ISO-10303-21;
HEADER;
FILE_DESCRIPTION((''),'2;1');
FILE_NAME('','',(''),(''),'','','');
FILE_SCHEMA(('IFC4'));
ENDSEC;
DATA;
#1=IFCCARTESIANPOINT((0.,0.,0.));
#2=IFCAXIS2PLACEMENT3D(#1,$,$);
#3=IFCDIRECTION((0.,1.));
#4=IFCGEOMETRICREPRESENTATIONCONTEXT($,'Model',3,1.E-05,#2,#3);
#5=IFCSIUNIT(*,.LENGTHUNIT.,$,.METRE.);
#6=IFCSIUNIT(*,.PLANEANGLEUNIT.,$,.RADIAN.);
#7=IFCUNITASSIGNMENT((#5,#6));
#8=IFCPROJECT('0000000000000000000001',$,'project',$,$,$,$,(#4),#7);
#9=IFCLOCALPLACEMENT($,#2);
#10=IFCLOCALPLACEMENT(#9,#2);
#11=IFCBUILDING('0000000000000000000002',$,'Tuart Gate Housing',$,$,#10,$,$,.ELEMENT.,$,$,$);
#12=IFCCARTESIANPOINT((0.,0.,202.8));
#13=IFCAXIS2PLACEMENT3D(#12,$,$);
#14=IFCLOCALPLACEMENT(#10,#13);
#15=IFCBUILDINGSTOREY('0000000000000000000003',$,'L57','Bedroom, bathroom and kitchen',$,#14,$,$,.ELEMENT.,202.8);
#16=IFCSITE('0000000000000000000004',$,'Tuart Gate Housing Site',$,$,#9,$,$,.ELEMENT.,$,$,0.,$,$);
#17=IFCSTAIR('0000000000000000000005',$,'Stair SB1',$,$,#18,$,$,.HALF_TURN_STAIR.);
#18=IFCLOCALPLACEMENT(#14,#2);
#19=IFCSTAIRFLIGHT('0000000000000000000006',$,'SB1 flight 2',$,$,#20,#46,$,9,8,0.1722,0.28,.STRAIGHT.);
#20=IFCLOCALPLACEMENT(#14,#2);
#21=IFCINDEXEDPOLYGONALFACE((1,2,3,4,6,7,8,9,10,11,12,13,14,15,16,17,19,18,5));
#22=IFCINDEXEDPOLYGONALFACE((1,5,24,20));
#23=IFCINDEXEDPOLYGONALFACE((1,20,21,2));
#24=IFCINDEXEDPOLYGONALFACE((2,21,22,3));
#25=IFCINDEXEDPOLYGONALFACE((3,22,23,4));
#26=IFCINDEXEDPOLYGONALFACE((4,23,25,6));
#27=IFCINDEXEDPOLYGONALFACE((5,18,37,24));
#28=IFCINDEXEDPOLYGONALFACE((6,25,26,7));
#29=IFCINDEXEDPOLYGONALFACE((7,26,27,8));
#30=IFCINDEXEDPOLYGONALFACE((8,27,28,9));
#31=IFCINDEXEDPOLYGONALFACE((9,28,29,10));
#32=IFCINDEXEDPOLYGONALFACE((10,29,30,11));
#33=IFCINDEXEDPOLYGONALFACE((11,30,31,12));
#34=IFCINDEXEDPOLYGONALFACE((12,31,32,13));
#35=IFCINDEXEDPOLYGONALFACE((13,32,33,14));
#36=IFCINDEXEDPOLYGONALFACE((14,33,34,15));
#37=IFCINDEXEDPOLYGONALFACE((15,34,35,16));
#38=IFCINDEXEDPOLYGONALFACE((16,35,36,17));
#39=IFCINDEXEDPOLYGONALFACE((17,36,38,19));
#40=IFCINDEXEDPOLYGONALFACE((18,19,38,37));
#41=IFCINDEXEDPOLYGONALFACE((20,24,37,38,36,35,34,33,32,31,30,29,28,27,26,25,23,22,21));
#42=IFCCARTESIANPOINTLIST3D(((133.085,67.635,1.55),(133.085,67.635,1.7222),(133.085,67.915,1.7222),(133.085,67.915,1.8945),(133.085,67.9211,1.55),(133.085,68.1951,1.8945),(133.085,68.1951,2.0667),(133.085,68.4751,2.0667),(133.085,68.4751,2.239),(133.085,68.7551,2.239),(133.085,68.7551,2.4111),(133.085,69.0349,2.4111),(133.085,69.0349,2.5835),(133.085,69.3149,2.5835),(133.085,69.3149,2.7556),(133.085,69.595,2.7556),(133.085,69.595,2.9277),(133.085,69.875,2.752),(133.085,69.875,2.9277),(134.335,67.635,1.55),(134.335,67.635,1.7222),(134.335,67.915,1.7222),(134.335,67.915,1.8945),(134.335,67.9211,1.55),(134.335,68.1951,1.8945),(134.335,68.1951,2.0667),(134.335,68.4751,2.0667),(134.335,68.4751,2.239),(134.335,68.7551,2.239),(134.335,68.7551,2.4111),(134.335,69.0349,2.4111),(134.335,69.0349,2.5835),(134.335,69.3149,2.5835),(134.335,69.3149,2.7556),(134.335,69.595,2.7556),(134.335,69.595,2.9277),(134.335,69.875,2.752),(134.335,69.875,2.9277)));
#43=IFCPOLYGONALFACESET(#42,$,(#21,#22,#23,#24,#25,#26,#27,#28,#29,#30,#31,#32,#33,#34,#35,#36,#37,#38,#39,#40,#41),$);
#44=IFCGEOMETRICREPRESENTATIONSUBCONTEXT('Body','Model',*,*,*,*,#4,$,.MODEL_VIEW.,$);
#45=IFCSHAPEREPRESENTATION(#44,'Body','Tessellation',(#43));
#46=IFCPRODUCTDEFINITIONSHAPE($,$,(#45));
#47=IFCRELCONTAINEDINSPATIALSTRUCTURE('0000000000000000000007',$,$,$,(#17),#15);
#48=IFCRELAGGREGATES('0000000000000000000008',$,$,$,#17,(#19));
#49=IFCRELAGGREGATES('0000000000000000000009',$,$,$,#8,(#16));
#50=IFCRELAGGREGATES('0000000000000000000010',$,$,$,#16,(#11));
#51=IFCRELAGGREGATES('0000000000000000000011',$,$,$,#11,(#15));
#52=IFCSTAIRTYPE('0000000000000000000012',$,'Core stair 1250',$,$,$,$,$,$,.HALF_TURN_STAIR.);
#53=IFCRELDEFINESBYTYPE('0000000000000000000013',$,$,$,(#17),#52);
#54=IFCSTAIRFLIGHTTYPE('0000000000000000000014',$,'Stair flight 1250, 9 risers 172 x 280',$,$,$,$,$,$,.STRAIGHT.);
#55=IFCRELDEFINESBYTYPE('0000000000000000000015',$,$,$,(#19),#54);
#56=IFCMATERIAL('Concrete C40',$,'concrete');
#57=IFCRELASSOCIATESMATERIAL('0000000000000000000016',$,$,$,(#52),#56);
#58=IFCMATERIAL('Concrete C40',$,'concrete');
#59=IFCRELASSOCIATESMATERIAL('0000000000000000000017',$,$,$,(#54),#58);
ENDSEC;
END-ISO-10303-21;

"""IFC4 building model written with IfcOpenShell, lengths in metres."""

from ifc_helpers import new_model, si_unit, direction, frame, origin, place, context, subcontext, project, spatial, polyline, outline, extrude, material, type_object, element, aggregate, save


model = new_model("IFC4")

# Units and contexts
model_context = context("Model", 3, precision=1e-05, world=origin(), true_north=direction((0.0, 1.0)))
body_context = subcontext(model_context, "Body", "Model", "MODEL_VIEW")
ifc_project = project(units=[si_unit("LENGTHUNIT", "METRE"), si_unit("PLANEANGLEUNIT", "RADIAN")], contexts=[model_context])

# Site, building, storey
site_placement = place(None, origin())
site = spatial("IfcSite", under=ifc_project, at=site_placement, Name="Tuart Gate Housing Site", CompositionType="ELEMENT", RefElevation=0.0)
building_placement = place(site_placement, origin())
building = spatial("IfcBuilding", under=site, at=building_placement, Name="Tuart Gate Housing", CompositionType="ELEMENT")
storey_placement = place(building_placement, frame((0.0, 0.0, 202.8)))
storey = spatial("IfcBuildingStorey", under=building, at=storey_placement, Name="L57", Description="Bedroom, bathroom and kitchen", CompositionType="ELEMENT", Elevation=202.8)

# Stair, stair flight
ifc_material_1 = material(Name="Concrete C40", Category="concrete")
stair_type = type_object("IfcStairType", Name="Core stair 1250", PredefinedType="HALF_TURN_STAIR", material=ifc_material_1)
stair_placement = place(storey_placement, origin())
stair = element("IfcStair", 1, at=stair_placement, inside=storey, type_object=stair_type, Name="Stair SB1", PredefinedType="HALF_TURN_STAIR")
ifc_material_2 = material(Name="Concrete C40", Category="concrete")
stair_flight_type = type_object("IfcStairFlightType", Name="Stair flight 1250, 9 risers 172 x 280", PredefinedType="STRAIGHT", material=ifc_material_2)
stair_flight_placement = place(storey_placement, frame((133.71, 67.635, 1.55), z_axis=(0.0, 0.0, 1.0), x_axis=(0.0, 1.0, 0.0)))
stair_flight = element("IfcStairFlight", 2, at=stair_flight_placement, type_object=stair_flight_type, Name="SB1 flight 2", NumberOfRisers=9, NumberOfTreads=8, PredefinedType="STRAIGHT", RiserHeight=0.1722, TreadLength=0.28, context=body_context, shape_type="SweptSolid", body=[
    extrude(outline(polyline([(0.0, 0.0), (0.0, 0.1721), (0.28, 0.1721), (0.28, 0.3445), (0.5601, 0.3445), (0.5601, 0.5166), (0.8401, 0.5166), (0.8401, 0.689), (1.1201, 0.689), (1.1201, 0.8611), (1.3999, 0.8611), (1.3999, 1.0334), (1.6799, 1.0334), (1.6799, 1.2056), (1.96, 1.2056), (1.96, 1.3777), (2.24, 1.3777), (2.24, 1.55), (2.24, 1.2019), (0.2861, 0.0), (0.0, 0.0)])), frame((0.0, 0.625, 0.0), z_axis=(0.0, -1.0, 0.0), x_axis=(1.0, 0.0, 0.0)), (0.0, 0.0, 1.0), 1.25),
])
aggregate(stair, [stair_flight])

save(model, "model.ifc")
